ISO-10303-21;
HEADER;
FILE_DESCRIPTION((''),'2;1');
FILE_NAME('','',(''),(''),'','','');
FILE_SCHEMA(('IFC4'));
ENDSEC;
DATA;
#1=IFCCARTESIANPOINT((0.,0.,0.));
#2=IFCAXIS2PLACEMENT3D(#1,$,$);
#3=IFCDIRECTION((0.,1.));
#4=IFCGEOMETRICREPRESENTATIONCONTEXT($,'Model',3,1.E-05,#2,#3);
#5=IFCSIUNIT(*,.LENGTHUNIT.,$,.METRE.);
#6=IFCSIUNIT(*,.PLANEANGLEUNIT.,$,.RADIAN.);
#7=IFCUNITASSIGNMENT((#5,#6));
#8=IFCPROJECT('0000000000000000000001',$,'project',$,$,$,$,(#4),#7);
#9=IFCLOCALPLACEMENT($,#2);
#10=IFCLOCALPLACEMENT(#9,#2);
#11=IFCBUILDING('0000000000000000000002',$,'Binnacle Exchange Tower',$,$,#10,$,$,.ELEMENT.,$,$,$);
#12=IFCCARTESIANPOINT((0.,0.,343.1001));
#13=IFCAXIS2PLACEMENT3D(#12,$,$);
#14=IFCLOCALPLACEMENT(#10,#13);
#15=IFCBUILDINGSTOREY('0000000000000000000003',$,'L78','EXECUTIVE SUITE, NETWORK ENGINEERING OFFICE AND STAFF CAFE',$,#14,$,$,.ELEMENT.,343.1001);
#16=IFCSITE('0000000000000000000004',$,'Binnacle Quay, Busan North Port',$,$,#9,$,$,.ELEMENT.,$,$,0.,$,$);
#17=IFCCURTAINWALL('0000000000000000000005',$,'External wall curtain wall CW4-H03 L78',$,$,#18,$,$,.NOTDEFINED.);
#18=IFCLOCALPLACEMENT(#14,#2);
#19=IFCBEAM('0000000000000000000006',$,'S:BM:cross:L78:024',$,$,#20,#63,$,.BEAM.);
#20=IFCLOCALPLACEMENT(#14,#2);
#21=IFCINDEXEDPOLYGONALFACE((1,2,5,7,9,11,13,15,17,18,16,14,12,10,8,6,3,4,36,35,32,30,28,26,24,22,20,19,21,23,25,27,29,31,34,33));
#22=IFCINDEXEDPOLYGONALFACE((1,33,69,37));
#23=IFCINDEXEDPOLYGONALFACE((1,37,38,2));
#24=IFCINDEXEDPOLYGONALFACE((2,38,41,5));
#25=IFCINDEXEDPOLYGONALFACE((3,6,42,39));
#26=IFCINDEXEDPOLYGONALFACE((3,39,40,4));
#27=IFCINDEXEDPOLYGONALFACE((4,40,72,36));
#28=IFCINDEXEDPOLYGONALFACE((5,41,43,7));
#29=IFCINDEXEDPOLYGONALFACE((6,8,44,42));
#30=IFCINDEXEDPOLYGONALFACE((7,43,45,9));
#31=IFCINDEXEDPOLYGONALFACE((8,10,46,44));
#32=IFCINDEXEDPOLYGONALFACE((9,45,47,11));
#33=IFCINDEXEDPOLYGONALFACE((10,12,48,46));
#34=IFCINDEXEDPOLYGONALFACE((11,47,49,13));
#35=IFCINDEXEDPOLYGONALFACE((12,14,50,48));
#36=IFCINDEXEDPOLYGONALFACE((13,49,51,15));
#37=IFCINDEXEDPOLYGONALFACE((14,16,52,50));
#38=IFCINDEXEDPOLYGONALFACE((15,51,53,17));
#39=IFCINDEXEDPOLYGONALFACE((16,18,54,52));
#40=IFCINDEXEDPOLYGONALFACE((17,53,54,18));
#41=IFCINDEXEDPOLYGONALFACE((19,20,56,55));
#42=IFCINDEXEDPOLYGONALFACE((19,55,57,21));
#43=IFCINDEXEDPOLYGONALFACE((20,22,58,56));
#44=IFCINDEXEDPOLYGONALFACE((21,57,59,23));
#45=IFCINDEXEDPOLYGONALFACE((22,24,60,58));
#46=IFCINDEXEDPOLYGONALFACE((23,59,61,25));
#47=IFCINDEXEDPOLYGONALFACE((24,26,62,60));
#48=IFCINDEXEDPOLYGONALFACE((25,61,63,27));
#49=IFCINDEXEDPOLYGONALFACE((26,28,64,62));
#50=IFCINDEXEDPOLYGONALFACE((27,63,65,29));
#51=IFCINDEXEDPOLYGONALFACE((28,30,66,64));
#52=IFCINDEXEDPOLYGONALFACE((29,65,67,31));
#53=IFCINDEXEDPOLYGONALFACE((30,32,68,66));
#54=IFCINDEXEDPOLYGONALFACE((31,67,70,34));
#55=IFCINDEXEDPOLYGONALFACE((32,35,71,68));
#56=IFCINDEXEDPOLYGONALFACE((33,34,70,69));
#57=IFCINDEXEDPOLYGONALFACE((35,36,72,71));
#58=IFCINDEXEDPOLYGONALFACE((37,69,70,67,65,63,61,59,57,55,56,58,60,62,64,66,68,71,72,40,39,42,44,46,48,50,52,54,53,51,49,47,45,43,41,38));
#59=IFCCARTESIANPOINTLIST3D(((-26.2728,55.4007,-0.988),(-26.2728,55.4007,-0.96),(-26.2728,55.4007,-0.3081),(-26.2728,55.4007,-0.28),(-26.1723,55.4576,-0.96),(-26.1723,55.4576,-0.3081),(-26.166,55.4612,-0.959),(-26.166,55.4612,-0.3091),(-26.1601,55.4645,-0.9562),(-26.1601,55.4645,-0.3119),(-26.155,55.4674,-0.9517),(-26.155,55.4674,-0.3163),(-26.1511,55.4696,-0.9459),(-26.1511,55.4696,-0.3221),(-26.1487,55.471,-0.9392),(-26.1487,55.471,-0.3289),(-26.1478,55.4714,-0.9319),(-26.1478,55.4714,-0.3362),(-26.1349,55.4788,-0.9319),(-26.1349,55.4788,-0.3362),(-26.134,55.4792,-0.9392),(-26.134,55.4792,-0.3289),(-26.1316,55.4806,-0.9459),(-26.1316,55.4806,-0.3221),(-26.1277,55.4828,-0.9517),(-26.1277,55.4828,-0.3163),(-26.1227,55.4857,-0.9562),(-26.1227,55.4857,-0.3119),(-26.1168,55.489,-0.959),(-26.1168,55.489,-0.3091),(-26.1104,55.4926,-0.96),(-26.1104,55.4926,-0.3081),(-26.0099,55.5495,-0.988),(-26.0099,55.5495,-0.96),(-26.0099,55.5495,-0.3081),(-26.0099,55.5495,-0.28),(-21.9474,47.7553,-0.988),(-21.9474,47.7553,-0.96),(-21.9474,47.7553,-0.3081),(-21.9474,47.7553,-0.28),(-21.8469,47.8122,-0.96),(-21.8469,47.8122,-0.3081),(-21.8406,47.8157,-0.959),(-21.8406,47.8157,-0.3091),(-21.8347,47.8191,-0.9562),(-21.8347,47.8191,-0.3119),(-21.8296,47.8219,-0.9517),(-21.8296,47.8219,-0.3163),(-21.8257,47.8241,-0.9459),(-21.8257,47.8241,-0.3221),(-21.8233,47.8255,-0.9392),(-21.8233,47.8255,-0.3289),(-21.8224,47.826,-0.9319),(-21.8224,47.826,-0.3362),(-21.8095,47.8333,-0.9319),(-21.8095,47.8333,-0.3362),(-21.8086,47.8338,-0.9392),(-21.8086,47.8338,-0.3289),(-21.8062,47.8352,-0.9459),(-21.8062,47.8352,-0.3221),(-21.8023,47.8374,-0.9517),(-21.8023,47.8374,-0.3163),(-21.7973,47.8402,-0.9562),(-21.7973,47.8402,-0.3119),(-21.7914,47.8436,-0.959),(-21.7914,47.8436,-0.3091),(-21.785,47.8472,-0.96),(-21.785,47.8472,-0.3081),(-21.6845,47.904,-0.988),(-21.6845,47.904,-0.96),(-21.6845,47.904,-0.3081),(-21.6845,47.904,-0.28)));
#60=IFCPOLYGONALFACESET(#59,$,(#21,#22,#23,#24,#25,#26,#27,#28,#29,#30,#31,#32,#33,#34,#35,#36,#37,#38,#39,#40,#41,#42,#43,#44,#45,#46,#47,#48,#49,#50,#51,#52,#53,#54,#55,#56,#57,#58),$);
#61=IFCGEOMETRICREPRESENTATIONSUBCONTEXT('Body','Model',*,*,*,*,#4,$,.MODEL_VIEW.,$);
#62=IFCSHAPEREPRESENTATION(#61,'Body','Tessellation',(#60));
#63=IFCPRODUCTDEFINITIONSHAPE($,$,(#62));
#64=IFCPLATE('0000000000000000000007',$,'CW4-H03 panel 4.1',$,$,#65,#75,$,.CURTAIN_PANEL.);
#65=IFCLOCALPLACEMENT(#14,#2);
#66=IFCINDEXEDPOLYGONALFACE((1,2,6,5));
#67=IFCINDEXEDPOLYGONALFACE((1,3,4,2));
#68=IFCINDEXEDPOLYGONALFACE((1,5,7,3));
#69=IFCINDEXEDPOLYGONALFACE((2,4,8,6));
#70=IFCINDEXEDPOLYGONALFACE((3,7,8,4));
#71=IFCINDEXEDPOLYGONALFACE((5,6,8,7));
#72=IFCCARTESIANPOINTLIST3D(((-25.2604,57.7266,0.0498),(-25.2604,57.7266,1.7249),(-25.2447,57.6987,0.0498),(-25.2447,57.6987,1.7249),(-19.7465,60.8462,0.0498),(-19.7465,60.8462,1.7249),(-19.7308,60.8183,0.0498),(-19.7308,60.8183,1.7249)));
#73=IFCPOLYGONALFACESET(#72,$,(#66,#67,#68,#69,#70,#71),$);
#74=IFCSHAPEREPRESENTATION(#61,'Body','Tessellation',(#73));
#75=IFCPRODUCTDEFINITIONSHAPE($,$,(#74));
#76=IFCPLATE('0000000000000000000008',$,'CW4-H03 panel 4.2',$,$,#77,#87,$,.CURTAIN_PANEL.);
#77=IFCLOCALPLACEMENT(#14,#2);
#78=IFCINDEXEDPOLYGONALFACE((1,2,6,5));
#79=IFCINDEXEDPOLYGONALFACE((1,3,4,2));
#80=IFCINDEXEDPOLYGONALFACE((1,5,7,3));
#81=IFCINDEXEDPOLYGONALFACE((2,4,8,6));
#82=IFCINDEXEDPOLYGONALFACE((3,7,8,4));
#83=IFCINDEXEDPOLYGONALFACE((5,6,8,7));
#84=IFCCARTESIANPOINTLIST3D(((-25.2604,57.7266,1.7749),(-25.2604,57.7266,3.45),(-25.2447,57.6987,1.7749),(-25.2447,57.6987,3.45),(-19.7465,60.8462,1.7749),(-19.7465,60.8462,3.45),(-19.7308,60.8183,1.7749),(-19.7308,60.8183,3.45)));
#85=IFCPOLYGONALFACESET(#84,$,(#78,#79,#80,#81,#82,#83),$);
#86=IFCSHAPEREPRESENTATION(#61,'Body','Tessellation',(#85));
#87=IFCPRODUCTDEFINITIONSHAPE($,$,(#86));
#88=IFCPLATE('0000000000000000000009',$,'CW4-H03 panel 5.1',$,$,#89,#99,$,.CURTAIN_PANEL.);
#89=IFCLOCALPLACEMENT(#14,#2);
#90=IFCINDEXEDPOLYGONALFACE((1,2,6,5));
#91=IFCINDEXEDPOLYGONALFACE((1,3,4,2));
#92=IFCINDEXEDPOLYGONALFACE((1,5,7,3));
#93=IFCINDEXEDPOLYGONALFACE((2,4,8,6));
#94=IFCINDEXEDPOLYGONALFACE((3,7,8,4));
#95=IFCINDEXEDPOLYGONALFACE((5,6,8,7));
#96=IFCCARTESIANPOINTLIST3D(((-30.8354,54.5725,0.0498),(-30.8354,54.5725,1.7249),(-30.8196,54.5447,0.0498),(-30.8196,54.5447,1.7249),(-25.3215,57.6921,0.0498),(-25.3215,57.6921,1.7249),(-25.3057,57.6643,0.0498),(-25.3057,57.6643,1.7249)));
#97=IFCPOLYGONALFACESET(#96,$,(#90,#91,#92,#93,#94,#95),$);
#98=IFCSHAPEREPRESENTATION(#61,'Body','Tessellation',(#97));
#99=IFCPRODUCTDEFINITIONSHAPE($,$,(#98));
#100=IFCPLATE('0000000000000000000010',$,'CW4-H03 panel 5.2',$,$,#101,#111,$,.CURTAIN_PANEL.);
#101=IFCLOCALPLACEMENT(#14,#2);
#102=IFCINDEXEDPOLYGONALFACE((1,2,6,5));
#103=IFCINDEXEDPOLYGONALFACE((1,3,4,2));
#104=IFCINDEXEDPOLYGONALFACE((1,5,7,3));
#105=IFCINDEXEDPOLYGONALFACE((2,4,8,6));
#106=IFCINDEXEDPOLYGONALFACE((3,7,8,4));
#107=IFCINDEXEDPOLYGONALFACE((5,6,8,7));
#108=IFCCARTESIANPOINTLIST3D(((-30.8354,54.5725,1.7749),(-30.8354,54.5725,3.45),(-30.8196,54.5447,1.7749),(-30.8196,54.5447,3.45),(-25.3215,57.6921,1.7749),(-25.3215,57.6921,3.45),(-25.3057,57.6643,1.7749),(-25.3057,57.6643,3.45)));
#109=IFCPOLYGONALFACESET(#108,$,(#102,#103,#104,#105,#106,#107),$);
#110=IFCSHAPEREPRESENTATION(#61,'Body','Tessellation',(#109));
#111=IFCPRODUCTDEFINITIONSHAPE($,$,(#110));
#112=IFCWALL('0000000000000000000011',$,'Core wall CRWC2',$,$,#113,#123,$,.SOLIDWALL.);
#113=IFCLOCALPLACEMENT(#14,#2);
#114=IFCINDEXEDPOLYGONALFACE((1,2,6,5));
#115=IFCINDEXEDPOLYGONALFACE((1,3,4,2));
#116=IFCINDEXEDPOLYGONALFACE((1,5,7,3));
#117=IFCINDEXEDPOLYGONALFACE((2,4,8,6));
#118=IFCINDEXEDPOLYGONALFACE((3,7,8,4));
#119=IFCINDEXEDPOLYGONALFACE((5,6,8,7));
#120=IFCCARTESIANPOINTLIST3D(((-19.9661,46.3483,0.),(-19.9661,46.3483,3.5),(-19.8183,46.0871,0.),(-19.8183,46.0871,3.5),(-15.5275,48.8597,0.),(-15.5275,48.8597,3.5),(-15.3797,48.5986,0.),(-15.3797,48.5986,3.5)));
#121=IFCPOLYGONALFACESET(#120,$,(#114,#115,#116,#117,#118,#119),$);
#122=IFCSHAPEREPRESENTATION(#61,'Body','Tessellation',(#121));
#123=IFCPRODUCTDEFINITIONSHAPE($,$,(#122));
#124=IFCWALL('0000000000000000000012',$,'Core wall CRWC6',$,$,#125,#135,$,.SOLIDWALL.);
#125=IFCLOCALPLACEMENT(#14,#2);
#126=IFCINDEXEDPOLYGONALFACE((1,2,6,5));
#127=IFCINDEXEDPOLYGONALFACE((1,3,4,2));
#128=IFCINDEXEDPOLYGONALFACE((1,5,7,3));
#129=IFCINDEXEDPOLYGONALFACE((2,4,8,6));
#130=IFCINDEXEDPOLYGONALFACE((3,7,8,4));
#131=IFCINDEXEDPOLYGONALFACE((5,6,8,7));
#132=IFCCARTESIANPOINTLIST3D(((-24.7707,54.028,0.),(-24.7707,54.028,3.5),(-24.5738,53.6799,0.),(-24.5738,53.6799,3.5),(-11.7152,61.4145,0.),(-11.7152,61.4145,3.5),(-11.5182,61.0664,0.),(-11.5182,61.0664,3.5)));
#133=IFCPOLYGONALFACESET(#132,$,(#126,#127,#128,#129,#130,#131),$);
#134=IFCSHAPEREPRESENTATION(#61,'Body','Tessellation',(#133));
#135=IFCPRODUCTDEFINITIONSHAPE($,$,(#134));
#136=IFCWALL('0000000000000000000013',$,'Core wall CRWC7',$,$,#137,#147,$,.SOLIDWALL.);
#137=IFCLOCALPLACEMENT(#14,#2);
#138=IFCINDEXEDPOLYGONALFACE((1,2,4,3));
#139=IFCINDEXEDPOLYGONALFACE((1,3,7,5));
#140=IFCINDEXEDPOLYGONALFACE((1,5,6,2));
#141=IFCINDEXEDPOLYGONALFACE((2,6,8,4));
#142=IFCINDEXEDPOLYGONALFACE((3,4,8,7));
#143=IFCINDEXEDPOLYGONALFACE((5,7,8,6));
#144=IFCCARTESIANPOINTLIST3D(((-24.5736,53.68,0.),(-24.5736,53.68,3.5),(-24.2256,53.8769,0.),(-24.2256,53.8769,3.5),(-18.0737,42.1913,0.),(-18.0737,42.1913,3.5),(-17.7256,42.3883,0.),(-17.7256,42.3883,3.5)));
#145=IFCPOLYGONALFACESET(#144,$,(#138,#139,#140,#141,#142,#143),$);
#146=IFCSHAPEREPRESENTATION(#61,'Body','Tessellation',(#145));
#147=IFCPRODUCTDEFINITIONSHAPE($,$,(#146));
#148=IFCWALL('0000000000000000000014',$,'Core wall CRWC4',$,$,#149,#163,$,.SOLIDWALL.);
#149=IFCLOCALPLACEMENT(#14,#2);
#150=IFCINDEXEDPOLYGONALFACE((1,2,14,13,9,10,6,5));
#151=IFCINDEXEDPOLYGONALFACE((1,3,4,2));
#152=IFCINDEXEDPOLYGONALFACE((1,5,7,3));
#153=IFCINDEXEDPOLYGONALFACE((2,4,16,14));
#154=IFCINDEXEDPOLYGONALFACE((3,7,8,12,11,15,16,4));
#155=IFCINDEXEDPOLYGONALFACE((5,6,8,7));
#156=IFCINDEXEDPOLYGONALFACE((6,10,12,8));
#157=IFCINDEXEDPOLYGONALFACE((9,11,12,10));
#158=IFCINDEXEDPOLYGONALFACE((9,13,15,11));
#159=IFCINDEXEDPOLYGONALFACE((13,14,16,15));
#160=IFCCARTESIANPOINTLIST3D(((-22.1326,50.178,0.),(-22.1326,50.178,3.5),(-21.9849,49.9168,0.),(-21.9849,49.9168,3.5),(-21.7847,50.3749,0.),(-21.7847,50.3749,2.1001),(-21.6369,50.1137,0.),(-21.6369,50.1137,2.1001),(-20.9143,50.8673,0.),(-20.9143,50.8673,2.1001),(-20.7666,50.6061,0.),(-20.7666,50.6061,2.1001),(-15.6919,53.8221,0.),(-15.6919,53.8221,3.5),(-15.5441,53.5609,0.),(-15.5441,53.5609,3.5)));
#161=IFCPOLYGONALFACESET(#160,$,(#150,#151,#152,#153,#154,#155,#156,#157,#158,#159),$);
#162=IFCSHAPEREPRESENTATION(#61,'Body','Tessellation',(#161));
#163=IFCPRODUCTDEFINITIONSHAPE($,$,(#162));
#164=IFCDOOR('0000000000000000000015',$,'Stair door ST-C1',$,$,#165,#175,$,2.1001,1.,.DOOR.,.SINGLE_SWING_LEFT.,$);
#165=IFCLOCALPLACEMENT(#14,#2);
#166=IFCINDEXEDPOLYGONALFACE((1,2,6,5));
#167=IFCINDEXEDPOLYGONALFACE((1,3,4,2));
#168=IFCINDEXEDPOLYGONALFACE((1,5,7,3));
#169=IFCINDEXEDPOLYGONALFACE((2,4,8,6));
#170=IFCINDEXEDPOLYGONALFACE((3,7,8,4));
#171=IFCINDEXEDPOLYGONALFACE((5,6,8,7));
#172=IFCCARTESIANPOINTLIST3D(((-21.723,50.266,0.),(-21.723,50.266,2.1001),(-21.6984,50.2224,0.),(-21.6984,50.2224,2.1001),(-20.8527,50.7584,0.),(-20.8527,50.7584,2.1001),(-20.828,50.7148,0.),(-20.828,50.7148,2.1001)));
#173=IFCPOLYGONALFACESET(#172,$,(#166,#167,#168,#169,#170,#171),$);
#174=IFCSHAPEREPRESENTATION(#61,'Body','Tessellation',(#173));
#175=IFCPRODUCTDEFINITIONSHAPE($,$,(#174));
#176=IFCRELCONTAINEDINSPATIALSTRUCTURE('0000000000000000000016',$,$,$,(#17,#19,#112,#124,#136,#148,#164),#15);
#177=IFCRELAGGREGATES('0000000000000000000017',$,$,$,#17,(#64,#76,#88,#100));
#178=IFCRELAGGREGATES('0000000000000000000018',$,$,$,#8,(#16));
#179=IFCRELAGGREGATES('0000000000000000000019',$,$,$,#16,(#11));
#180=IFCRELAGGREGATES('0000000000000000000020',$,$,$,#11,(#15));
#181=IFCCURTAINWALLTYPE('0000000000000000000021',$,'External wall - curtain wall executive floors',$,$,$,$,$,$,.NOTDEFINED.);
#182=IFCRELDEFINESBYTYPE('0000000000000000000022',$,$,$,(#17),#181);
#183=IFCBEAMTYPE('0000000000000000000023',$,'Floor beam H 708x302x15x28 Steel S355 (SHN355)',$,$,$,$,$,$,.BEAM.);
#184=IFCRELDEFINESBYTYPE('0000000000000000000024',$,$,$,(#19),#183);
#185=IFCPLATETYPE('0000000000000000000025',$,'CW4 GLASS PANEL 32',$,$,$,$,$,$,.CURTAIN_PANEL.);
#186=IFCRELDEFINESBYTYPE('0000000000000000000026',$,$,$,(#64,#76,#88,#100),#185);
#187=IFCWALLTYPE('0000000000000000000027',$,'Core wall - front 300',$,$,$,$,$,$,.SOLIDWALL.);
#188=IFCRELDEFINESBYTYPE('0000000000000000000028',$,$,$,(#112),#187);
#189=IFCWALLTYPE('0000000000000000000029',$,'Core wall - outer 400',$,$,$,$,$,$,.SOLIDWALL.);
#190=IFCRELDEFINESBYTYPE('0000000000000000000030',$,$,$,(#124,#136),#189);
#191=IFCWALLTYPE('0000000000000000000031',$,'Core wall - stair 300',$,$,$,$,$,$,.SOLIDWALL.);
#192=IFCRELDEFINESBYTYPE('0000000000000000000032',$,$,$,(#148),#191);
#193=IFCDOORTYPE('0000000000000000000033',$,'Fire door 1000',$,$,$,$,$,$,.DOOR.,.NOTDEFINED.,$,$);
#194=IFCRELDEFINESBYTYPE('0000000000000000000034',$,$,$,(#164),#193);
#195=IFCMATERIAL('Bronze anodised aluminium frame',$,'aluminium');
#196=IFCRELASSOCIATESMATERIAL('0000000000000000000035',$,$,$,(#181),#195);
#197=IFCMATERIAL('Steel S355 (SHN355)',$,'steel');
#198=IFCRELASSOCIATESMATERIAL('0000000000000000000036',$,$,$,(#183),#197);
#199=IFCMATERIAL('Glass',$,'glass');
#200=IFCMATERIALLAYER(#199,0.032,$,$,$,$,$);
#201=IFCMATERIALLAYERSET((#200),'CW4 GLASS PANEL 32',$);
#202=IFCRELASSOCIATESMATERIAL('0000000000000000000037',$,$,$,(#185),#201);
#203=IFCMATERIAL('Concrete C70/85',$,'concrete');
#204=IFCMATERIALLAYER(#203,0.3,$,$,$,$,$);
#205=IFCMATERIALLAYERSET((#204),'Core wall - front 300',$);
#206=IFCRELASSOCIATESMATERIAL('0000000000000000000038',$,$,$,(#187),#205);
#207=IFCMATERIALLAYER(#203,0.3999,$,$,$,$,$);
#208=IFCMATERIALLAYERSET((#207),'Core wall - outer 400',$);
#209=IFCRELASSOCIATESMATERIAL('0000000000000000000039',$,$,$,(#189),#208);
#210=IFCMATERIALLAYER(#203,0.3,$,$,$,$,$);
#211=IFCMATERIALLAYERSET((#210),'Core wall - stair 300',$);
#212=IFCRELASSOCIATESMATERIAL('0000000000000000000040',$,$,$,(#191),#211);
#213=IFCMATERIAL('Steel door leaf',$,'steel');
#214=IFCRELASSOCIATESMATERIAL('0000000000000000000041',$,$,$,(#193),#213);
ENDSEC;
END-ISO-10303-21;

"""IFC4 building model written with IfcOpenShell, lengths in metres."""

from ifc_helpers import new_model, si_unit, direction, frame, frame_2d, origin, origin_2d, place, context, subcontext, project, spatial, rectangle, i_section, extrude, material, layer, layer_set, material_profile, profile_set, type_object, element, fill, aggregate, save


model = new_model("IFC4")

# Units and contexts
model_context = context("Model", 3, precision=1e-05, world=origin(), true_north=direction((0.0, 1.0)))
body_context = subcontext(model_context, "Body", "Model", "MODEL_VIEW")
ifc_project = project(units=[si_unit("LENGTHUNIT", "METRE"), si_unit("PLANEANGLEUNIT", "RADIAN")], contexts=[model_context])

# Site, building, storey
site_placement = place(None, origin())
site = spatial("IfcSite", under=ifc_project, at=site_placement, Name="Binnacle Quay, Busan North Port", CompositionType="ELEMENT", RefElevation=0.0)
building_placement = place(site_placement, origin())
building = spatial("IfcBuilding", under=site, at=building_placement, Name="Binnacle Exchange Tower", CompositionType="ELEMENT")
storey_placement = place(building_placement, frame((0.0, 0.0, 343.1001)))
storey = spatial("IfcBuildingStorey", under=building, at=storey_placement, Name="L78", Description="EXECUTIVE SUITE, NETWORK ENGINEERING OFFICE AND STAFF CAFE", CompositionType="ELEMENT", Elevation=343.1001)

# Curtain wall
ifc_material_1 = material(Name="Bronze anodised aluminium frame", Category="aluminium")
curtain_wall_type = type_object("IfcCurtainWallType", Name="External wall - curtain wall executive floors", PredefinedType="NOTDEFINED", material=ifc_material_1)
curtain_wall_placement = place(storey_placement, origin())
curtain_wall = element("IfcCurtainWall", 1, at=curtain_wall_placement, inside=storey, type_object=curtain_wall_type, Name="External wall curtain wall CW4-H03 L78", PredefinedType="NOTDEFINED")

# Beam
ifc_material_2 = material(Name="Steel S355 (SHN355)", Category="steel")
ifc_material_profile_1 = material_profile(ifc_material_2, i_section(OverallWidth=0.302, OverallDepth=0.708, WebThickness=0.0149, FlangeThickness=0.0281, FilletRadius=0.0281, at=origin_2d()), Name="H 708x302x15x28")
ifc_profile_set_1 = profile_set([ifc_material_profile_1], Name="Steel S355 (SHN355)")
beam_type_1 = type_object("IfcBeamType", Name="Floor beam H 708x302x15x28 Steel S355 (SHN355)", PredefinedType="BEAM", material=ifc_profile_set_1)
beam_1_placement = place(storey_placement, frame((-26.1414, 55.4751, -0.634), z_axis=(0.492408, -0.870365, 0.0), x_axis=(0.870365, 0.492408, 0.0)))
element("IfcBeam", 2, at=beam_1_placement, inside=storey, type_object=beam_type_1, Name="S:BM:cross:L78:024", PredefinedType="BEAM", context=body_context, shape_type="SweptSolid", body=[
    extrude(i_section(OverallWidth=0.302, OverallDepth=0.708, WebThickness=0.0149, FlangeThickness=0.0281, FilletRadius=0.0281, at=origin_2d()), origin(), (0.0, 0.0, 1.0), 8.7842),
])

# Plates
ifc_material_3 = material(Name="Glass", Category="glass")
ifc_layer_1 = layer(ifc_material_3, 0.032)
ifc_layer_set_1 = layer_set([ifc_layer_1], Name="CW4 GLASS PANEL 32")
plate_type = type_object("IfcPlateType", Name="CW4 GLASS PANEL 32", PredefinedType="CURTAIN_PANEL", material=ifc_layer_set_1)
plate_1_placement = place(storey_placement, frame((-22.4956, 59.2725, 0.0498), z_axis=(0.0, 0.0, 1.0), x_axis=(-0.870356, -0.492424, 0.0)))
plate_1 = element("IfcPlate", 3, at=plate_1_placement, type_object=plate_type, Name="CW4-H03 panel 4.1", PredefinedType="CURTAIN_PANEL", context=body_context, shape_type="SweptSolid", body=[
    extrude(rectangle(XDim=6.3352, YDim=0.032, at=origin_2d()), origin(), (0.0, 0.0, 1.0), 1.675),
])
plate_2_placement = place(storey_placement, frame((-22.4956, 59.2725, 1.7749), z_axis=(0.0, 0.0, 1.0), x_axis=(-0.870356, -0.492424, 0.0)))
plate_2 = element("IfcPlate", 4, at=plate_2_placement, type_object=plate_type, Name="CW4-H03 panel 4.2", PredefinedType="CURTAIN_PANEL", context=body_context, shape_type="SweptSolid", body=[
    extrude(rectangle(XDim=6.3352, YDim=0.032, at=origin_2d()), origin(), (0.0, 0.0, 1.0), 1.675),
])
plate_3_placement = place(storey_placement, frame((-28.0706, 56.1184, 0.0498), z_axis=(0.0, 0.0, 1.0), x_axis=(-0.870356, -0.492424, 0.0)))
plate_3 = element("IfcPlate", 5, at=plate_3_placement, type_object=plate_type, Name="CW4-H03 panel 5.1", PredefinedType="CURTAIN_PANEL", context=body_context, shape_type="SweptSolid", body=[
    extrude(rectangle(XDim=6.3352, YDim=0.032, at=origin_2d()), origin(), (0.0, 0.0, 1.0), 1.675),
])
plate_4_placement = place(storey_placement, frame((-28.0706, 56.1184, 1.7749), z_axis=(0.0, 0.0, 1.0), x_axis=(-0.870356, -0.492424, 0.0)))
plate_4 = element("IfcPlate", 6, at=plate_4_placement, type_object=plate_type, Name="CW4-H03 panel 5.2", PredefinedType="CURTAIN_PANEL", context=body_context, shape_type="SweptSolid", body=[
    extrude(rectangle(XDim=6.3352, YDim=0.032, at=origin_2d()), origin(), (0.0, 0.0, 1.0), 1.675),
])
aggregate(curtain_wall, [plate_1, plate_2, plate_3, plate_4])

# Walls
ifc_material_4 = material(Name="Concrete C70/85", Category="concrete")
ifc_layer_2 = layer(ifc_material_4, 0.3)
ifc_layer_set_2 = layer_set([ifc_layer_2], Name="Core wall - front 300")
wall_type_1 = type_object("IfcWallType", Name="Core wall - front 300", PredefinedType="SOLIDWALL", material=ifc_layer_set_2)
wall_1_placement = place(storey_placement, frame((-19.8921, 46.2178, 0.0), z_axis=(0.0, 0.0, 1.0), x_axis=(0.870342, 0.492448, 0.0)))
element("IfcWall", 7, at=wall_1_placement, inside=storey, type_object=wall_type_1, Name="Core wall CRWC2", PredefinedType="SOLIDWALL", context=body_context, shape_type="SweptSolid", body=[
    extrude(rectangle(XDim=5.0999, YDim=0.3, at=frame_2d((2.5498, 0.0))), origin(), (0.0, 0.0, 1.0), 3.5),
])
ifc_layer_3 = layer(ifc_material_4, 0.3999)
ifc_layer_set_3 = layer_set([ifc_layer_3], Name="Core wall - outer 400")
wall_type_2 = type_object("IfcWallType", Name="Core wall - outer 400", PredefinedType="SOLIDWALL", material=ifc_layer_set_3)
wall_2_placement = place(storey_placement, frame((-24.6721, 53.854, 0.0), z_axis=(0.0, 0.0, 1.0), x_axis=(0.870354, 0.492427, 0.0)))
element("IfcWall", 8, at=wall_2_placement, inside=storey, type_object=wall_type_2, Name="Core wall CRWC6", PredefinedType="SOLIDWALL", context=body_context, shape_type="SweptSolid", body=[
    extrude(rectangle(XDim=15.0002, YDim=0.3999, at=frame_2d((7.5, 0.0))), origin(), (0.0, 0.0, 1.0), 3.5),
])
wall_3_placement = place(storey_placement, frame((-24.3997, 53.7786, 0.0), z_axis=(0.0, 0.0, 1.0), x_axis=(0.492422, -0.870357, 0.0)))
element("IfcWall", 9, at=wall_3_placement, inside=storey, type_object=wall_type_2, Name="Core wall CRWC7", PredefinedType="SOLIDWALL", context=body_context, shape_type="SweptSolid", body=[
    extrude(rectangle(XDim=13.2, YDim=0.3999, at=frame_2d((6.6001, 0.0))), origin(), (0.0, 0.0, 1.0), 3.5),
])

# Wall, opening, door
ifc_layer_4 = layer(ifc_material_4, 0.3)
ifc_layer_set_4 = layer_set([ifc_layer_4], Name="Core wall - stair 300")
wall_type_3 = type_object("IfcWallType", Name="Core wall - stair 300", PredefinedType="SOLIDWALL", material=ifc_layer_set_4)
wall_4_placement = place(storey_placement, frame((-22.0588, 50.0474, 0.0), z_axis=(0.0, 0.0, 1.0), x_axis=(0.870351, 0.492432, 0.0)))
wall_4 = element("IfcWall", 10, at=wall_4_placement, inside=storey, type_object=wall_type_3, Name="Core wall CRWC4", PredefinedType="SOLIDWALL", context=body_context, shape_type="SweptSolid", body=[
    extrude(rectangle(XDim=7.4001, YDim=0.3, at=frame_2d((3.7002, 0.0))), origin(), (0.0, 0.0, 1.0), 3.5),
])
opening_1_placement = place(wall_4_placement, frame((0.3999, 0.0, 0.0)))
opening_1 = element("IfcOpeningElement", 11, at=opening_1_placement, cuts=wall_4, PredefinedType="OPENING", context=body_context, shape_type="SweptSolid", body=[
    extrude(rectangle(XDim=1.0, YDim=2.1001, at=frame_2d((0.5, 1.05))), frame((0.0, 0.1599, 0.0), z_axis=(0.0, -1.0, 0.0), x_axis=(1.0, 0.0, 0.0)), (0.0, 0.0, 1.0), 0.3201),
])
ifc_material_5 = material(Name="Steel door leaf", Category="steel")
door_type_1 = type_object("IfcDoorType", Name="Fire door 1000", OperationType="NOTDEFINED", PredefinedType="DOOR", material=ifc_material_5)
door_1_placement = place(opening_1_placement, origin())
door_1 = element("IfcDoor", 12, at=door_1_placement, inside=storey, type_object=door_type_1, Name="Stair door ST-C1", OperationType="SINGLE_SWING_LEFT", OverallHeight=2.1001, OverallWidth=1.0, PredefinedType="DOOR", context=body_context, shape_type="SweptSolid", body=[
    extrude(rectangle(XDim=1.0, YDim=2.1001, at=frame_2d((0.5, 1.05))), frame((0.0, 0.0249, 0.0), z_axis=(0.0, -1.0, 0.0), x_axis=(1.0, 0.0, 0.0)), (0.0, 0.0, 1.0), 0.05),
])
fill(opening_1, door_1)

save(model, "model.ifc")
